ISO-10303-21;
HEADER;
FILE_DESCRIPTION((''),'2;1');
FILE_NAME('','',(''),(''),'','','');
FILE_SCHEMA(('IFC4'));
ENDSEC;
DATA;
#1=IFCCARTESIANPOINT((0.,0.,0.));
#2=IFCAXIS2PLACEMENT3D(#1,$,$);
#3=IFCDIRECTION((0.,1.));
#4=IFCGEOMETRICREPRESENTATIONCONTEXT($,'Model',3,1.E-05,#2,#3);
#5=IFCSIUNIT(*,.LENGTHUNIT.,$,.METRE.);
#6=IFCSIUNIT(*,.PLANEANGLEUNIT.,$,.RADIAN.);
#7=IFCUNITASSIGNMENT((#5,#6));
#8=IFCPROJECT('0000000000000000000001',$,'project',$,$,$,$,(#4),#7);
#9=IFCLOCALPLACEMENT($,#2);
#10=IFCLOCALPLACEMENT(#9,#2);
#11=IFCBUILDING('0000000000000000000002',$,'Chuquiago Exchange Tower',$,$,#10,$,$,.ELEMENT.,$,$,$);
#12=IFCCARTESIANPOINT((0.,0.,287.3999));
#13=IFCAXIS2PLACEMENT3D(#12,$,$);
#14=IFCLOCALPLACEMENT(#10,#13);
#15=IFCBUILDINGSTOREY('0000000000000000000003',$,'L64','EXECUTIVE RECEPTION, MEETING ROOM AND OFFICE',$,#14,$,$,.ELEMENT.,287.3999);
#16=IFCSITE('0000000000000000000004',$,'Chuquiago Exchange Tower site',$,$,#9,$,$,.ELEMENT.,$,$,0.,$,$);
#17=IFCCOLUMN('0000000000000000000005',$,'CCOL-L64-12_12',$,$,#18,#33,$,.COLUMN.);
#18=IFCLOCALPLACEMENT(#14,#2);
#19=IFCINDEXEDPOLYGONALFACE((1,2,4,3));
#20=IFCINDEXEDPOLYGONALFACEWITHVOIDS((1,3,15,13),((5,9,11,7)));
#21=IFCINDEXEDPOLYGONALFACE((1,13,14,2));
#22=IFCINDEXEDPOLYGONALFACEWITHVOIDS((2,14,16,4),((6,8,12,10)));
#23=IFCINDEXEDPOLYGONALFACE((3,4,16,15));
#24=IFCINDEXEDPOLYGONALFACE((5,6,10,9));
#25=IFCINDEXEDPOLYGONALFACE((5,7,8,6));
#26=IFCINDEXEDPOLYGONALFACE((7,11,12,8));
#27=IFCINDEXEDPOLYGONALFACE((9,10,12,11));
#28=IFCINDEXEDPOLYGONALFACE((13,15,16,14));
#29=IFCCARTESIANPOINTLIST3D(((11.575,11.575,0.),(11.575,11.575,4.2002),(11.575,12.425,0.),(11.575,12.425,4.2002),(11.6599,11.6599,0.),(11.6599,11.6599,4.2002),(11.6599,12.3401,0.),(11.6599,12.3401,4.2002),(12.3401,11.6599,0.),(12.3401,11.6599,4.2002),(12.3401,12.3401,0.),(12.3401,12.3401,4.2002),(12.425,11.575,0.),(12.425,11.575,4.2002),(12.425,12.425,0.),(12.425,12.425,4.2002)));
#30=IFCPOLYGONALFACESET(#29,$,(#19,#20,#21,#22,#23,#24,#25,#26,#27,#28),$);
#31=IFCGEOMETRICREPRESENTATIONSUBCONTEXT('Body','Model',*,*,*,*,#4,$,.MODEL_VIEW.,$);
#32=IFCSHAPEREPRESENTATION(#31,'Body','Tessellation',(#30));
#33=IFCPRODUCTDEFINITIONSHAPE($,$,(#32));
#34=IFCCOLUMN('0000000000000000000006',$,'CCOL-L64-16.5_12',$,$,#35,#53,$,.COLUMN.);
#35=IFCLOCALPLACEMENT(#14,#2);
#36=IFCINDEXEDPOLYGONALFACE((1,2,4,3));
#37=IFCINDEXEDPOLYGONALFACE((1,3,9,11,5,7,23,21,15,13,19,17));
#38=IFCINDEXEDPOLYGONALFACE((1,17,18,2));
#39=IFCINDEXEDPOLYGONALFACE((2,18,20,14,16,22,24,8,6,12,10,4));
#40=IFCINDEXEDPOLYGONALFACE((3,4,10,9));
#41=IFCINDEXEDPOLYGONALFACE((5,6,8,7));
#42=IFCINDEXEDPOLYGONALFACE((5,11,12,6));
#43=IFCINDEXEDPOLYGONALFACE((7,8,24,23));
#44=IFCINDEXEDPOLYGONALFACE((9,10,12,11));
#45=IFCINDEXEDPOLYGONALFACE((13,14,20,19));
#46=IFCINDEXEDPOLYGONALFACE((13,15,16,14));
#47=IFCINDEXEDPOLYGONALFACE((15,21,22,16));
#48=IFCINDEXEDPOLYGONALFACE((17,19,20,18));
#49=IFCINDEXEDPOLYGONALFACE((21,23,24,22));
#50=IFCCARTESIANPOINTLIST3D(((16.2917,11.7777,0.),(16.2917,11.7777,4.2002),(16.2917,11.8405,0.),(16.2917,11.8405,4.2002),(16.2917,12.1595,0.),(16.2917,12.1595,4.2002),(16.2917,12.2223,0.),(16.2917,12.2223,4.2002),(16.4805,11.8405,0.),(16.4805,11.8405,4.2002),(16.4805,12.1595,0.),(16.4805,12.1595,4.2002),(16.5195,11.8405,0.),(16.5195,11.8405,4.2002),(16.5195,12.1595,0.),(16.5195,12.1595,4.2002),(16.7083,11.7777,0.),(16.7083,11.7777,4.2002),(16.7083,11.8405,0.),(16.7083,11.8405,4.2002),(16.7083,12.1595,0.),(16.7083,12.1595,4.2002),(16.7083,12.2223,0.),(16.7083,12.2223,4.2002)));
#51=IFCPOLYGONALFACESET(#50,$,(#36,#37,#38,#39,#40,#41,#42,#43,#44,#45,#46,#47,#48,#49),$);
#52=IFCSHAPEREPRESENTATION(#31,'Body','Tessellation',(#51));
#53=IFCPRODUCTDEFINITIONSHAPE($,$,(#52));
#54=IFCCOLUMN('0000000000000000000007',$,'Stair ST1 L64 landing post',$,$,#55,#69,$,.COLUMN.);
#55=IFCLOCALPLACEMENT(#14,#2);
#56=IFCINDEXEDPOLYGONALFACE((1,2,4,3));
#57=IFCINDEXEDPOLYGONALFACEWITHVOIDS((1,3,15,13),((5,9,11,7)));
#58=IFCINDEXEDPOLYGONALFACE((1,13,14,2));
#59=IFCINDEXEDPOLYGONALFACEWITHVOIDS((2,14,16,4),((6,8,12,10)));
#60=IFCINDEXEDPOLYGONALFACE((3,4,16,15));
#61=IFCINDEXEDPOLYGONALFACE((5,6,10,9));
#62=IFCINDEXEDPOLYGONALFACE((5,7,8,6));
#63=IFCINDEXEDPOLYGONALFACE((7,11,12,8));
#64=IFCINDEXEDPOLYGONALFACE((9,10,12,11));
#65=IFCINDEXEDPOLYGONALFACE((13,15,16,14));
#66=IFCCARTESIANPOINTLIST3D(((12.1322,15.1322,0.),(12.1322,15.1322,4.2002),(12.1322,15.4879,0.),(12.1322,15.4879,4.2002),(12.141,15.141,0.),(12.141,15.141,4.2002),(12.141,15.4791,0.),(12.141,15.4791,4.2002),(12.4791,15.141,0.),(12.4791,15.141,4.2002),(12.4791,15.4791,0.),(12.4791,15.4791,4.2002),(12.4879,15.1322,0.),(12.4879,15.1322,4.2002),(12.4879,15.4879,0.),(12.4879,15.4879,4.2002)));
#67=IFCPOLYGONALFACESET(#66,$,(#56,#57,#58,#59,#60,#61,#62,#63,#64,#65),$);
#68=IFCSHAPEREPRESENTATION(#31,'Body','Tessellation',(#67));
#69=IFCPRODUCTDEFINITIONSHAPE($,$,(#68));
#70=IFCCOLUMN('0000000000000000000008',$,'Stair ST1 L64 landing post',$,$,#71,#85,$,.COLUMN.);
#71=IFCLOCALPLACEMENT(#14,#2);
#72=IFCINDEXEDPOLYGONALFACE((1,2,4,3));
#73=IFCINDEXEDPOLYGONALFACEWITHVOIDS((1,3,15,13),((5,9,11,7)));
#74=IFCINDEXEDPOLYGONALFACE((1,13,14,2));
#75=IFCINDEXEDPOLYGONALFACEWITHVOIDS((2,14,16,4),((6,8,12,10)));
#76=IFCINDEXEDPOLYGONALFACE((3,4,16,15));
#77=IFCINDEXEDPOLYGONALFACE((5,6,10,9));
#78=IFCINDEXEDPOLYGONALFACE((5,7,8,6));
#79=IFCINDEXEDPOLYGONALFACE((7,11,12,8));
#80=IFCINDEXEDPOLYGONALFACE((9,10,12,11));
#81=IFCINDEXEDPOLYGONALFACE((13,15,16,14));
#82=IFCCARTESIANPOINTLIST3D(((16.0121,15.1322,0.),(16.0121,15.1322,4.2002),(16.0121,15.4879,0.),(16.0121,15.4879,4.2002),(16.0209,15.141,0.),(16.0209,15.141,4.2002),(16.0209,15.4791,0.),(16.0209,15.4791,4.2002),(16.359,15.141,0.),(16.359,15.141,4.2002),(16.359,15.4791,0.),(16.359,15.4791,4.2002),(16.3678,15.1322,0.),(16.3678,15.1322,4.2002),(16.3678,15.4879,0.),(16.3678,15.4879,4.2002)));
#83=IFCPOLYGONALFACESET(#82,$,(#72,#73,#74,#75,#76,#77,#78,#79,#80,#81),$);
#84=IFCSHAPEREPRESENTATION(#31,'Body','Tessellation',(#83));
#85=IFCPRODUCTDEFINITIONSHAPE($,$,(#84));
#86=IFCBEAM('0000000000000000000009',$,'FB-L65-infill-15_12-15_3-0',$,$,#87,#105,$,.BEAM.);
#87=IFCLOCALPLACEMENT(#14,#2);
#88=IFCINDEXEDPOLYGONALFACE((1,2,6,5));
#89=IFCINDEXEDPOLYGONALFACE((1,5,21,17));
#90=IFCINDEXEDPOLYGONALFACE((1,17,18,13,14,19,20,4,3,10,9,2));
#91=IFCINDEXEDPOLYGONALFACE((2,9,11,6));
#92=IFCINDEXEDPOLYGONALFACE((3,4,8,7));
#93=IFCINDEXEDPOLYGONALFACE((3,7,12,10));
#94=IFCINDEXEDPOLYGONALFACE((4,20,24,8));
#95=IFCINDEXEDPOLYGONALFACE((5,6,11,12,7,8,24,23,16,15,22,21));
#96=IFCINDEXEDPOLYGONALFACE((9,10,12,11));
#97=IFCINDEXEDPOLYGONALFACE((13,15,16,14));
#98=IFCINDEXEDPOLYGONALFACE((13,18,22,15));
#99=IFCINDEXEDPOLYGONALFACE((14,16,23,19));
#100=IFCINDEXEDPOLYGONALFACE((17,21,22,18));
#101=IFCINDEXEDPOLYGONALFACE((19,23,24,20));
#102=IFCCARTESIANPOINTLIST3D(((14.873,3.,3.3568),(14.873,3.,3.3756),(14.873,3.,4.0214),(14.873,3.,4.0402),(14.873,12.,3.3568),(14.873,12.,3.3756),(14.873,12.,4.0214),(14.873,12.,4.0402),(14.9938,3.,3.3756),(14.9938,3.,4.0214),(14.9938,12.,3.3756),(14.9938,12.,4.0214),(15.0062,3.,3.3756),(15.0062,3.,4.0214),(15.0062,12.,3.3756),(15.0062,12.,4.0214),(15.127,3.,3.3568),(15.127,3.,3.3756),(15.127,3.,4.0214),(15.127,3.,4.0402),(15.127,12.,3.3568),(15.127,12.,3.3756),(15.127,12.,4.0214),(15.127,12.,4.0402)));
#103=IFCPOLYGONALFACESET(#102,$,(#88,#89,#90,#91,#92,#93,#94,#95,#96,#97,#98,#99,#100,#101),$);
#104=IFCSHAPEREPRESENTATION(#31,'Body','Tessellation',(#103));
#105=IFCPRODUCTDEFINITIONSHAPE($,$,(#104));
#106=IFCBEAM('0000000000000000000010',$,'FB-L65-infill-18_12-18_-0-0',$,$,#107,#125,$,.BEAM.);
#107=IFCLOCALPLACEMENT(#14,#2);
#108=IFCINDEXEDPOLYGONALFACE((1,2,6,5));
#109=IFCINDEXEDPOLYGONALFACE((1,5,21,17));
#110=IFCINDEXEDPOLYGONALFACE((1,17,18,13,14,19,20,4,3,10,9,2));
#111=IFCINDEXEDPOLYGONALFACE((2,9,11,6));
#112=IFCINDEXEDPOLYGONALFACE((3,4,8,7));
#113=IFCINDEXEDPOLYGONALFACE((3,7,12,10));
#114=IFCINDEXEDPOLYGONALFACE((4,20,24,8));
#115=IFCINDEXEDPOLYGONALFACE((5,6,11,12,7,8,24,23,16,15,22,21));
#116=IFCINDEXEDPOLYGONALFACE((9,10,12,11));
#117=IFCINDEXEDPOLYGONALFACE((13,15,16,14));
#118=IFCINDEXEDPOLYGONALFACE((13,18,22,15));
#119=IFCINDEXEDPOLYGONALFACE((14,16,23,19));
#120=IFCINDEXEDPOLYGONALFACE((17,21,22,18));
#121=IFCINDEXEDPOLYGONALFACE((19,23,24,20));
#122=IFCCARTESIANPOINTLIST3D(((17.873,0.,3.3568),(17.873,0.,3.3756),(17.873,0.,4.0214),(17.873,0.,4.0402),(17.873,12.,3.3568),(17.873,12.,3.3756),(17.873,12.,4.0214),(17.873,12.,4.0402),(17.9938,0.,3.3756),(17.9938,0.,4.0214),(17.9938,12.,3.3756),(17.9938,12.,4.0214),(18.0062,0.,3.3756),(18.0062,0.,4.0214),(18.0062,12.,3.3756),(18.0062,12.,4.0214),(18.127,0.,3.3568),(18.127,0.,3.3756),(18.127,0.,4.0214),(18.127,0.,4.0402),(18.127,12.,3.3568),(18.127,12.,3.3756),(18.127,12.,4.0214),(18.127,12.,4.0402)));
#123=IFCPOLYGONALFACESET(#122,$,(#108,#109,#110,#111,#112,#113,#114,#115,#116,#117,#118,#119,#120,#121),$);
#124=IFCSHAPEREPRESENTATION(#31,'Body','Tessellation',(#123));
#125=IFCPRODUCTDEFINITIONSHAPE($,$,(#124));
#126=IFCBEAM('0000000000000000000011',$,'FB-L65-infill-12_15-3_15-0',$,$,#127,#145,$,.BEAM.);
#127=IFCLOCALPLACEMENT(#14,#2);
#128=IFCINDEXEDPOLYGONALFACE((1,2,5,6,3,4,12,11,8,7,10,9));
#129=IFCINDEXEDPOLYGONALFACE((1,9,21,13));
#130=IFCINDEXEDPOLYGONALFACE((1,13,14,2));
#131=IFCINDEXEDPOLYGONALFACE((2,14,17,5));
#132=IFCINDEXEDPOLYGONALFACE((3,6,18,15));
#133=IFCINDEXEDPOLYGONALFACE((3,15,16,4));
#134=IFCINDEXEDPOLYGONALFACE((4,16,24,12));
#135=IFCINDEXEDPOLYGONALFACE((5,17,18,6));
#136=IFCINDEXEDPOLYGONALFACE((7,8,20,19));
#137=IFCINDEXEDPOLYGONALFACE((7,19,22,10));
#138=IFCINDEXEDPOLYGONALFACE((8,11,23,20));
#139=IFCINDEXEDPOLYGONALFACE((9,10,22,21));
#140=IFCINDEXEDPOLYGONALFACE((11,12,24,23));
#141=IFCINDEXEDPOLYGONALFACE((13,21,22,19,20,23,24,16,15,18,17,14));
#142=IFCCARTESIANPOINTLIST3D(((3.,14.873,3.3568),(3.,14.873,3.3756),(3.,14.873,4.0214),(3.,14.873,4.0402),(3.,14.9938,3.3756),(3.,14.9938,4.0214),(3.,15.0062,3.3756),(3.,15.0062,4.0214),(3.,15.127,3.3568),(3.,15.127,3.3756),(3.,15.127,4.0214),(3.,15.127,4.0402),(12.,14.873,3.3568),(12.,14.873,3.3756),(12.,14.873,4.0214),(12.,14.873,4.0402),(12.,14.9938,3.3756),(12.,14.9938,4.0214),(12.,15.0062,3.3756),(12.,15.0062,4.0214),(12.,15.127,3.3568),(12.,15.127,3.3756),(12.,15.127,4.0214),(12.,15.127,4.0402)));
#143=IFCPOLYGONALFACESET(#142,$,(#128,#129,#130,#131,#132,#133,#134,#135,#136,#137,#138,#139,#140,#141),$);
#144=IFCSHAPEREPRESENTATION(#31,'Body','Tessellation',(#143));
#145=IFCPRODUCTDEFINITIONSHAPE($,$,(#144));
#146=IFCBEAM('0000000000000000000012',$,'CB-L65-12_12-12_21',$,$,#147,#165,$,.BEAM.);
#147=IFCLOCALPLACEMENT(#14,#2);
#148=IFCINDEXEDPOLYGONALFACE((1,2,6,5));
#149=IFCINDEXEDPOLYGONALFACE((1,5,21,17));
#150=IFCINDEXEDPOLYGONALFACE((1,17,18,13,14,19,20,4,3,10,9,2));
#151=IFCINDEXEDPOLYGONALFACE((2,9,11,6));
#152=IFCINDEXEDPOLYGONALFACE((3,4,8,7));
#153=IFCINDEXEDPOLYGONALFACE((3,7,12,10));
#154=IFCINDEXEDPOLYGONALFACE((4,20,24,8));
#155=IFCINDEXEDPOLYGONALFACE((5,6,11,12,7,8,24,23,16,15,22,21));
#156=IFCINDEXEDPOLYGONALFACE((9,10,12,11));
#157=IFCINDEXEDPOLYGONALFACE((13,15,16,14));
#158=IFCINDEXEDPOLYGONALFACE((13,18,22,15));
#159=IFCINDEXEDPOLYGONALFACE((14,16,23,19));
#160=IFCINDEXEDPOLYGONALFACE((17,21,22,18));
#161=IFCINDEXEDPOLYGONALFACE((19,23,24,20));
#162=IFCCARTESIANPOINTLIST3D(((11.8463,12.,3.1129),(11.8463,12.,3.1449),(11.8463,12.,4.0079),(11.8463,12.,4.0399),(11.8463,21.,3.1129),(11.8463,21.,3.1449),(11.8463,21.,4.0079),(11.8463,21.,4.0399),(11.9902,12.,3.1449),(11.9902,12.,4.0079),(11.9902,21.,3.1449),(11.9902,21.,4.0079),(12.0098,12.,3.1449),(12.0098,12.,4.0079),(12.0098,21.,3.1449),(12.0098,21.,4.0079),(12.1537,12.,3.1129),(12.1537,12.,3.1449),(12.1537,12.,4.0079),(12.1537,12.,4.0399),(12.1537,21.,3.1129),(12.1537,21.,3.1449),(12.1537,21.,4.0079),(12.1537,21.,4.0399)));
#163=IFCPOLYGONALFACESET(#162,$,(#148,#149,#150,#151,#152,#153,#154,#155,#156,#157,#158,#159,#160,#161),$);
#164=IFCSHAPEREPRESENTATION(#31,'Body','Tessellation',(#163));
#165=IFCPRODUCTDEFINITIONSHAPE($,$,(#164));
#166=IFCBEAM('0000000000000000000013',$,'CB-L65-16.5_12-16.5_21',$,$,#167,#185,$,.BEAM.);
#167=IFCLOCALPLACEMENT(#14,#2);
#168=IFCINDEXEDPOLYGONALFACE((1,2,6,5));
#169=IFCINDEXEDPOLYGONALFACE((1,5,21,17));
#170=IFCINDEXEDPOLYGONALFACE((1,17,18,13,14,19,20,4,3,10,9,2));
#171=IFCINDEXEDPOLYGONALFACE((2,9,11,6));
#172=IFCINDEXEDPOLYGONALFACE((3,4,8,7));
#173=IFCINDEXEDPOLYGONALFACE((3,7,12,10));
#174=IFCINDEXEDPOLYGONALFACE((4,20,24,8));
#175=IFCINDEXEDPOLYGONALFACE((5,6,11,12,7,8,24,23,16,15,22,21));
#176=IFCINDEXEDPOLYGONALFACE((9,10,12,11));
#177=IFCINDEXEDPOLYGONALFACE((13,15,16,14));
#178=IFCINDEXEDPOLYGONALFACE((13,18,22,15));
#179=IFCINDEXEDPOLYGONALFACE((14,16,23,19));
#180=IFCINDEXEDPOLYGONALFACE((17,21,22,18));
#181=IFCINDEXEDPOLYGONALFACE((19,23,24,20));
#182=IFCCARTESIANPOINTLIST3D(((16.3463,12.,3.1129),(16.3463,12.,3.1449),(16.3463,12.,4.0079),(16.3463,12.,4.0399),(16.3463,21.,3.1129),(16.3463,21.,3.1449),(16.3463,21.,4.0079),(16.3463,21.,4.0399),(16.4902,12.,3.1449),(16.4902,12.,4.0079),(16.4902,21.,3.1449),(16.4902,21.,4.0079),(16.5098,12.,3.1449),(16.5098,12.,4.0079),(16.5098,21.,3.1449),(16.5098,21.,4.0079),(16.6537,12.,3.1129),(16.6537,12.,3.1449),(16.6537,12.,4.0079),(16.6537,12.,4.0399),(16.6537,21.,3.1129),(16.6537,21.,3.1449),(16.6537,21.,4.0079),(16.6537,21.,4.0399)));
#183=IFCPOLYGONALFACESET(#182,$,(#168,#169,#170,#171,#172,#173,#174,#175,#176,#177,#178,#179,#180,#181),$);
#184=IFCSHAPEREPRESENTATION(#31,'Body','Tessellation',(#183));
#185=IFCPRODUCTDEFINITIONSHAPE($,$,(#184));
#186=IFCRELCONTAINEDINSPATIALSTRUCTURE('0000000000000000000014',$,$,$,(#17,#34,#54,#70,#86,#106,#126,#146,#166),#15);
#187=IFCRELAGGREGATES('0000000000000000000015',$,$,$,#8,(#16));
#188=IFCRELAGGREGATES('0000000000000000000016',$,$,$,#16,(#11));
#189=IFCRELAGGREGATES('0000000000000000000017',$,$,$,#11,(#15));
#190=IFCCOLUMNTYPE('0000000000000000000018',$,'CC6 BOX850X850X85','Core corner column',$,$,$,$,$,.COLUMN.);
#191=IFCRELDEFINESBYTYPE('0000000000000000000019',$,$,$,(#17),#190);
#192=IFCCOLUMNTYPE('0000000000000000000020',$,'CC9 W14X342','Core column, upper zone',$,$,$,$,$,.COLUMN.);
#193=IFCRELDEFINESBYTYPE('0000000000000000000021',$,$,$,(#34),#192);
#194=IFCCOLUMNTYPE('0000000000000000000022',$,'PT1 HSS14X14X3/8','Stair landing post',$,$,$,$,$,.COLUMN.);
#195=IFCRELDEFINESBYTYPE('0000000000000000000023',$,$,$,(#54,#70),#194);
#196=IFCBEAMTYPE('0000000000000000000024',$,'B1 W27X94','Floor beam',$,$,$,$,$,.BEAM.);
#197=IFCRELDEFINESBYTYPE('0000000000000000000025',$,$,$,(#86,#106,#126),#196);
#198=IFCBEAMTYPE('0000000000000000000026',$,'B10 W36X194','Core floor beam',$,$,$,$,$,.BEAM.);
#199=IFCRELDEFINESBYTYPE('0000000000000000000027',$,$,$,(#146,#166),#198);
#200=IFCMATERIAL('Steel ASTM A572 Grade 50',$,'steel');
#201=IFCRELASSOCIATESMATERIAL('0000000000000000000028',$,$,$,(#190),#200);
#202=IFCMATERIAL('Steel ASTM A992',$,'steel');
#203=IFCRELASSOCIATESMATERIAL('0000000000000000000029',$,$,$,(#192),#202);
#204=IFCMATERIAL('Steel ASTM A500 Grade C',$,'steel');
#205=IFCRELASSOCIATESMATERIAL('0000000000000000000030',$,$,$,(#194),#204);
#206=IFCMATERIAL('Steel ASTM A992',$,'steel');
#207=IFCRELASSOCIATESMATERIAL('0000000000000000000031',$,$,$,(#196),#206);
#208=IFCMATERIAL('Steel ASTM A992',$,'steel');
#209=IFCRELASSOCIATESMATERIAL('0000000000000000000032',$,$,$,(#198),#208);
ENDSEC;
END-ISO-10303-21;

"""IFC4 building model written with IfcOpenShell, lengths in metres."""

from ifc_helpers import new_model, si_unit, direction, frame, origin, origin_2d, place, context, subcontext, project, spatial, hollow_rectangle, i_section, extrude, material, material_profile, profile_set, type_object, element, save


model = new_model("IFC4")

# Units and contexts
model_context = context("Model", 3, precision=1e-05, world=origin(), true_north=direction((0.0, 1.0)))
body_context = subcontext(model_context, "Body", "Model", "MODEL_VIEW")
ifc_project = project(units=[si_unit("LENGTHUNIT", "METRE"), si_unit("PLANEANGLEUNIT", "RADIAN")], contexts=[model_context])

# Site, building, storey
site_placement = place(None, origin())
site = spatial("IfcSite", under=ifc_project, at=site_placement, Name="Chuquiago Exchange Tower site", CompositionType="ELEMENT", RefElevation=0.0)
building_placement = place(site_placement, origin())
building = spatial("IfcBuilding", under=site, at=building_placement, Name="Chuquiago Exchange Tower", CompositionType="ELEMENT")
storey_placement = place(building_placement, frame((0.0, 0.0, 287.3999)))
storey = spatial("IfcBuildingStorey", under=building, at=storey_placement, Name="L64", Description="EXECUTIVE RECEPTION, MEETING ROOM AND OFFICE", CompositionType="ELEMENT", Elevation=287.3999)

# Columns
ifc_material_1 = material(Name="Steel ASTM A572 Grade 50", Category="steel")
ifc_material_profile_1 = material_profile(ifc_material_1, hollow_rectangle(XDim=0.8501, YDim=0.8501, WallThickness=0.085, at=origin_2d()), Name="BOX850X850X85")
ifc_profile_set_1 = profile_set([ifc_material_profile_1], Name="Steel ASTM A572 Grade 50")
column_type_1 = type_object("IfcColumnType", Name="CC6 BOX850X850X85", Description="Core corner column", PredefinedType="COLUMN", material=ifc_profile_set_1)
column_1_placement = place(storey_placement, frame((12.0, 12.0, 0.0), z_axis=(0.0, 0.0, 1.0), x_axis=(1.0, 0.0, 0.0)))
element("IfcColumn", 1, at=column_1_placement, inside=storey, type_object=column_type_1, Name="CCOL-L64-12_12", PredefinedType="COLUMN", context=body_context, shape_type="SweptSolid", body=[
    extrude(hollow_rectangle(XDim=0.8501, YDim=0.8501, WallThickness=0.085, at=origin_2d()), origin(), (0.0, 0.0, 1.0), 4.2002),
])
ifc_material_2 = material(Name="Steel ASTM A992", Category="steel")
ifc_material_profile_2 = material_profile(ifc_material_2, i_section(OverallWidth=0.4165, OverallDepth=0.4446, WebThickness=0.0391, FlangeThickness=0.0627, at=origin_2d()), Name="W14X342")
ifc_profile_set_2 = profile_set([ifc_material_profile_2], Name="Steel ASTM A992")
column_type_2 = type_object("IfcColumnType", Name="CC9 W14X342", Description="Core column, upper zone", PredefinedType="COLUMN", material=ifc_profile_set_2)
column_2_placement = place(storey_placement, frame((16.5, 12.0, 0.0), z_axis=(0.0, 0.0, 1.0), x_axis=(1.0, 0.0, 0.0)))
element("IfcColumn", 2, at=column_2_placement, inside=storey, type_object=column_type_2, Name="CCOL-L64-16.5_12", PredefinedType="COLUMN", context=body_context, shape_type="SweptSolid", body=[
    extrude(i_section(OverallWidth=0.4165, OverallDepth=0.4446, WebThickness=0.0391, FlangeThickness=0.0627, at=origin_2d()), origin(), (0.0, 0.0, 1.0), 4.2002),
])
ifc_material_3 = material(Name="Steel ASTM A500 Grade C", Category="steel")
ifc_material_profile_3 = material_profile(ifc_material_3, hollow_rectangle(XDim=0.3557, YDim=0.3557, WallThickness=0.0088, at=origin_2d()), Name="HSS14X14X3/8")
ifc_profile_set_3 = profile_set([ifc_material_profile_3], Name="Steel ASTM A500 Grade C")
column_type_3 = type_object("IfcColumnType", Name="PT1 HSS14X14X3/8", Description="Stair landing post", PredefinedType="COLUMN", material=ifc_profile_set_3)
for number, where, z_axis, x_axis, name in (
    (3, (12.3101, 15.3101, 0.0), (0.0, 0.0, 1.0), (1.0, 0.0, 0.0), "Stair ST1 L64 landing post"),
    (4, (16.1899, 15.3101, 0.0), (0.0, 0.0, 1.0), (1.0, 0.0, 0.0), "Stair ST1 L64 landing post"),
):
    element("IfcColumn", number, at=place(storey_placement, frame(where, z_axis=z_axis, x_axis=x_axis)), inside=storey, type_object=column_type_3, Name=name, PredefinedType="COLUMN", context=body_context, shape_type="SweptSolid", body=[
        extrude(hollow_rectangle(XDim=0.3557, YDim=0.3557, WallThickness=0.0088, at=origin_2d()), origin(), (0.0, 0.0, 1.0), 4.2002),
    ])

# Beams
ifc_material_4 = material(Name="Steel ASTM A992", Category="steel")
ifc_material_profile_4 = material_profile(ifc_material_4, i_section(OverallWidth=0.2539, OverallDepth=0.6833, WebThickness=0.0125, FlangeThickness=0.0188, at=origin_2d()), Name="W27X94")
ifc_profile_set_4 = profile_set([ifc_material_profile_4], Name="Steel ASTM A992")
beam_type_1 = type_object("IfcBeamType", Name="B1 W27X94", Description="Floor beam", PredefinedType="BEAM", material=ifc_profile_set_4)
beam_1_placement = place(storey_placement, frame((15.0, 12.0, 3.6985), z_axis=(0.0, -1.0, 0.0), x_axis=(1.0, 0.0, 0.0)))
element("IfcBeam", 5, at=beam_1_placement, inside=storey, type_object=beam_type_1, Name="FB-L65-infill-15_12-15_3-0", PredefinedType="BEAM", context=body_context, shape_type="SweptSolid", body=[
    extrude(i_section(OverallWidth=0.2539, OverallDepth=0.6833, WebThickness=0.0125, FlangeThickness=0.0188, at=origin_2d()), origin(), (0.0, 0.0, 1.0), 9.0),
])
beam_2_placement = place(storey_placement, frame((18.0, 12.0, 3.6985), z_axis=(0.0, -1.0, 0.0), x_axis=(1.0, 0.0, 0.0)))
element("IfcBeam", 6, at=beam_2_placement, inside=storey, type_object=beam_type_1, Name="FB-L65-infill-18_12-18_-0-0", PredefinedType="BEAM", context=body_context, shape_type="SweptSolid", body=[
    extrude(i_section(OverallWidth=0.2539, OverallDepth=0.6833, WebThickness=0.0125, FlangeThickness=0.0188, at=origin_2d()), origin(), (0.0, 0.0, 1.0), 12.0),
])
beam_3_placement = place(storey_placement, frame((12.0, 15.0, 3.6985), z_axis=(-1.0, 0.0, 0.0), x_axis=(0.0, -1.0, 0.0)))
element("IfcBeam", 7, at=beam_3_placement, inside=storey, type_object=beam_type_1, Name="FB-L65-infill-12_15-3_15-0", PredefinedType="BEAM", context=body_context, shape_type="SweptSolid", body=[
    extrude(i_section(OverallWidth=0.2539, OverallDepth=0.6833, WebThickness=0.0125, FlangeThickness=0.0188, at=origin_2d()), origin(), (0.0, 0.0, 1.0), 9.0),
])
ifc_material_5 = material(Name="Steel ASTM A992", Category="steel")
ifc_material_profile_5 = material_profile(ifc_material_5, i_section(OverallWidth=0.3074, OverallDepth=0.927, WebThickness=0.0195, FlangeThickness=0.032, at=origin_2d()), Name="W36X194")
ifc_profile_set_5 = profile_set([ifc_material_profile_5], Name="Steel ASTM A992")
beam_type_2 = type_object("IfcBeamType", Name="B10 W36X194", Description="Core floor beam", PredefinedType="BEAM", material=ifc_profile_set_5)
for number, where, z_axis, x_axis, name in (
    (8, (12.0, 12.0, 3.5764), (0.0, 1.0, 0.0), (-1.0, 0.0, 0.0), "CB-L65-12_12-12_21"),
    (9, (16.5, 12.0, 3.5764), (0.0, 1.0, 0.0), (-1.0, 0.0, 0.0), "CB-L65-16.5_12-16.5_21"),
):
    element("IfcBeam", number, at=place(storey_placement, frame(where, z_axis=z_axis, x_axis=x_axis)), inside=storey, type_object=beam_type_2, Name=name, PredefinedType="BEAM", context=body_context, shape_type="SweptSolid", body=[
        extrude(i_section(OverallWidth=0.3074, OverallDepth=0.927, WebThickness=0.0195, FlangeThickness=0.032, at=origin_2d()), origin(), (0.0, 0.0, 1.0), 9.0),
    ])

save(model, "model.ifc")
